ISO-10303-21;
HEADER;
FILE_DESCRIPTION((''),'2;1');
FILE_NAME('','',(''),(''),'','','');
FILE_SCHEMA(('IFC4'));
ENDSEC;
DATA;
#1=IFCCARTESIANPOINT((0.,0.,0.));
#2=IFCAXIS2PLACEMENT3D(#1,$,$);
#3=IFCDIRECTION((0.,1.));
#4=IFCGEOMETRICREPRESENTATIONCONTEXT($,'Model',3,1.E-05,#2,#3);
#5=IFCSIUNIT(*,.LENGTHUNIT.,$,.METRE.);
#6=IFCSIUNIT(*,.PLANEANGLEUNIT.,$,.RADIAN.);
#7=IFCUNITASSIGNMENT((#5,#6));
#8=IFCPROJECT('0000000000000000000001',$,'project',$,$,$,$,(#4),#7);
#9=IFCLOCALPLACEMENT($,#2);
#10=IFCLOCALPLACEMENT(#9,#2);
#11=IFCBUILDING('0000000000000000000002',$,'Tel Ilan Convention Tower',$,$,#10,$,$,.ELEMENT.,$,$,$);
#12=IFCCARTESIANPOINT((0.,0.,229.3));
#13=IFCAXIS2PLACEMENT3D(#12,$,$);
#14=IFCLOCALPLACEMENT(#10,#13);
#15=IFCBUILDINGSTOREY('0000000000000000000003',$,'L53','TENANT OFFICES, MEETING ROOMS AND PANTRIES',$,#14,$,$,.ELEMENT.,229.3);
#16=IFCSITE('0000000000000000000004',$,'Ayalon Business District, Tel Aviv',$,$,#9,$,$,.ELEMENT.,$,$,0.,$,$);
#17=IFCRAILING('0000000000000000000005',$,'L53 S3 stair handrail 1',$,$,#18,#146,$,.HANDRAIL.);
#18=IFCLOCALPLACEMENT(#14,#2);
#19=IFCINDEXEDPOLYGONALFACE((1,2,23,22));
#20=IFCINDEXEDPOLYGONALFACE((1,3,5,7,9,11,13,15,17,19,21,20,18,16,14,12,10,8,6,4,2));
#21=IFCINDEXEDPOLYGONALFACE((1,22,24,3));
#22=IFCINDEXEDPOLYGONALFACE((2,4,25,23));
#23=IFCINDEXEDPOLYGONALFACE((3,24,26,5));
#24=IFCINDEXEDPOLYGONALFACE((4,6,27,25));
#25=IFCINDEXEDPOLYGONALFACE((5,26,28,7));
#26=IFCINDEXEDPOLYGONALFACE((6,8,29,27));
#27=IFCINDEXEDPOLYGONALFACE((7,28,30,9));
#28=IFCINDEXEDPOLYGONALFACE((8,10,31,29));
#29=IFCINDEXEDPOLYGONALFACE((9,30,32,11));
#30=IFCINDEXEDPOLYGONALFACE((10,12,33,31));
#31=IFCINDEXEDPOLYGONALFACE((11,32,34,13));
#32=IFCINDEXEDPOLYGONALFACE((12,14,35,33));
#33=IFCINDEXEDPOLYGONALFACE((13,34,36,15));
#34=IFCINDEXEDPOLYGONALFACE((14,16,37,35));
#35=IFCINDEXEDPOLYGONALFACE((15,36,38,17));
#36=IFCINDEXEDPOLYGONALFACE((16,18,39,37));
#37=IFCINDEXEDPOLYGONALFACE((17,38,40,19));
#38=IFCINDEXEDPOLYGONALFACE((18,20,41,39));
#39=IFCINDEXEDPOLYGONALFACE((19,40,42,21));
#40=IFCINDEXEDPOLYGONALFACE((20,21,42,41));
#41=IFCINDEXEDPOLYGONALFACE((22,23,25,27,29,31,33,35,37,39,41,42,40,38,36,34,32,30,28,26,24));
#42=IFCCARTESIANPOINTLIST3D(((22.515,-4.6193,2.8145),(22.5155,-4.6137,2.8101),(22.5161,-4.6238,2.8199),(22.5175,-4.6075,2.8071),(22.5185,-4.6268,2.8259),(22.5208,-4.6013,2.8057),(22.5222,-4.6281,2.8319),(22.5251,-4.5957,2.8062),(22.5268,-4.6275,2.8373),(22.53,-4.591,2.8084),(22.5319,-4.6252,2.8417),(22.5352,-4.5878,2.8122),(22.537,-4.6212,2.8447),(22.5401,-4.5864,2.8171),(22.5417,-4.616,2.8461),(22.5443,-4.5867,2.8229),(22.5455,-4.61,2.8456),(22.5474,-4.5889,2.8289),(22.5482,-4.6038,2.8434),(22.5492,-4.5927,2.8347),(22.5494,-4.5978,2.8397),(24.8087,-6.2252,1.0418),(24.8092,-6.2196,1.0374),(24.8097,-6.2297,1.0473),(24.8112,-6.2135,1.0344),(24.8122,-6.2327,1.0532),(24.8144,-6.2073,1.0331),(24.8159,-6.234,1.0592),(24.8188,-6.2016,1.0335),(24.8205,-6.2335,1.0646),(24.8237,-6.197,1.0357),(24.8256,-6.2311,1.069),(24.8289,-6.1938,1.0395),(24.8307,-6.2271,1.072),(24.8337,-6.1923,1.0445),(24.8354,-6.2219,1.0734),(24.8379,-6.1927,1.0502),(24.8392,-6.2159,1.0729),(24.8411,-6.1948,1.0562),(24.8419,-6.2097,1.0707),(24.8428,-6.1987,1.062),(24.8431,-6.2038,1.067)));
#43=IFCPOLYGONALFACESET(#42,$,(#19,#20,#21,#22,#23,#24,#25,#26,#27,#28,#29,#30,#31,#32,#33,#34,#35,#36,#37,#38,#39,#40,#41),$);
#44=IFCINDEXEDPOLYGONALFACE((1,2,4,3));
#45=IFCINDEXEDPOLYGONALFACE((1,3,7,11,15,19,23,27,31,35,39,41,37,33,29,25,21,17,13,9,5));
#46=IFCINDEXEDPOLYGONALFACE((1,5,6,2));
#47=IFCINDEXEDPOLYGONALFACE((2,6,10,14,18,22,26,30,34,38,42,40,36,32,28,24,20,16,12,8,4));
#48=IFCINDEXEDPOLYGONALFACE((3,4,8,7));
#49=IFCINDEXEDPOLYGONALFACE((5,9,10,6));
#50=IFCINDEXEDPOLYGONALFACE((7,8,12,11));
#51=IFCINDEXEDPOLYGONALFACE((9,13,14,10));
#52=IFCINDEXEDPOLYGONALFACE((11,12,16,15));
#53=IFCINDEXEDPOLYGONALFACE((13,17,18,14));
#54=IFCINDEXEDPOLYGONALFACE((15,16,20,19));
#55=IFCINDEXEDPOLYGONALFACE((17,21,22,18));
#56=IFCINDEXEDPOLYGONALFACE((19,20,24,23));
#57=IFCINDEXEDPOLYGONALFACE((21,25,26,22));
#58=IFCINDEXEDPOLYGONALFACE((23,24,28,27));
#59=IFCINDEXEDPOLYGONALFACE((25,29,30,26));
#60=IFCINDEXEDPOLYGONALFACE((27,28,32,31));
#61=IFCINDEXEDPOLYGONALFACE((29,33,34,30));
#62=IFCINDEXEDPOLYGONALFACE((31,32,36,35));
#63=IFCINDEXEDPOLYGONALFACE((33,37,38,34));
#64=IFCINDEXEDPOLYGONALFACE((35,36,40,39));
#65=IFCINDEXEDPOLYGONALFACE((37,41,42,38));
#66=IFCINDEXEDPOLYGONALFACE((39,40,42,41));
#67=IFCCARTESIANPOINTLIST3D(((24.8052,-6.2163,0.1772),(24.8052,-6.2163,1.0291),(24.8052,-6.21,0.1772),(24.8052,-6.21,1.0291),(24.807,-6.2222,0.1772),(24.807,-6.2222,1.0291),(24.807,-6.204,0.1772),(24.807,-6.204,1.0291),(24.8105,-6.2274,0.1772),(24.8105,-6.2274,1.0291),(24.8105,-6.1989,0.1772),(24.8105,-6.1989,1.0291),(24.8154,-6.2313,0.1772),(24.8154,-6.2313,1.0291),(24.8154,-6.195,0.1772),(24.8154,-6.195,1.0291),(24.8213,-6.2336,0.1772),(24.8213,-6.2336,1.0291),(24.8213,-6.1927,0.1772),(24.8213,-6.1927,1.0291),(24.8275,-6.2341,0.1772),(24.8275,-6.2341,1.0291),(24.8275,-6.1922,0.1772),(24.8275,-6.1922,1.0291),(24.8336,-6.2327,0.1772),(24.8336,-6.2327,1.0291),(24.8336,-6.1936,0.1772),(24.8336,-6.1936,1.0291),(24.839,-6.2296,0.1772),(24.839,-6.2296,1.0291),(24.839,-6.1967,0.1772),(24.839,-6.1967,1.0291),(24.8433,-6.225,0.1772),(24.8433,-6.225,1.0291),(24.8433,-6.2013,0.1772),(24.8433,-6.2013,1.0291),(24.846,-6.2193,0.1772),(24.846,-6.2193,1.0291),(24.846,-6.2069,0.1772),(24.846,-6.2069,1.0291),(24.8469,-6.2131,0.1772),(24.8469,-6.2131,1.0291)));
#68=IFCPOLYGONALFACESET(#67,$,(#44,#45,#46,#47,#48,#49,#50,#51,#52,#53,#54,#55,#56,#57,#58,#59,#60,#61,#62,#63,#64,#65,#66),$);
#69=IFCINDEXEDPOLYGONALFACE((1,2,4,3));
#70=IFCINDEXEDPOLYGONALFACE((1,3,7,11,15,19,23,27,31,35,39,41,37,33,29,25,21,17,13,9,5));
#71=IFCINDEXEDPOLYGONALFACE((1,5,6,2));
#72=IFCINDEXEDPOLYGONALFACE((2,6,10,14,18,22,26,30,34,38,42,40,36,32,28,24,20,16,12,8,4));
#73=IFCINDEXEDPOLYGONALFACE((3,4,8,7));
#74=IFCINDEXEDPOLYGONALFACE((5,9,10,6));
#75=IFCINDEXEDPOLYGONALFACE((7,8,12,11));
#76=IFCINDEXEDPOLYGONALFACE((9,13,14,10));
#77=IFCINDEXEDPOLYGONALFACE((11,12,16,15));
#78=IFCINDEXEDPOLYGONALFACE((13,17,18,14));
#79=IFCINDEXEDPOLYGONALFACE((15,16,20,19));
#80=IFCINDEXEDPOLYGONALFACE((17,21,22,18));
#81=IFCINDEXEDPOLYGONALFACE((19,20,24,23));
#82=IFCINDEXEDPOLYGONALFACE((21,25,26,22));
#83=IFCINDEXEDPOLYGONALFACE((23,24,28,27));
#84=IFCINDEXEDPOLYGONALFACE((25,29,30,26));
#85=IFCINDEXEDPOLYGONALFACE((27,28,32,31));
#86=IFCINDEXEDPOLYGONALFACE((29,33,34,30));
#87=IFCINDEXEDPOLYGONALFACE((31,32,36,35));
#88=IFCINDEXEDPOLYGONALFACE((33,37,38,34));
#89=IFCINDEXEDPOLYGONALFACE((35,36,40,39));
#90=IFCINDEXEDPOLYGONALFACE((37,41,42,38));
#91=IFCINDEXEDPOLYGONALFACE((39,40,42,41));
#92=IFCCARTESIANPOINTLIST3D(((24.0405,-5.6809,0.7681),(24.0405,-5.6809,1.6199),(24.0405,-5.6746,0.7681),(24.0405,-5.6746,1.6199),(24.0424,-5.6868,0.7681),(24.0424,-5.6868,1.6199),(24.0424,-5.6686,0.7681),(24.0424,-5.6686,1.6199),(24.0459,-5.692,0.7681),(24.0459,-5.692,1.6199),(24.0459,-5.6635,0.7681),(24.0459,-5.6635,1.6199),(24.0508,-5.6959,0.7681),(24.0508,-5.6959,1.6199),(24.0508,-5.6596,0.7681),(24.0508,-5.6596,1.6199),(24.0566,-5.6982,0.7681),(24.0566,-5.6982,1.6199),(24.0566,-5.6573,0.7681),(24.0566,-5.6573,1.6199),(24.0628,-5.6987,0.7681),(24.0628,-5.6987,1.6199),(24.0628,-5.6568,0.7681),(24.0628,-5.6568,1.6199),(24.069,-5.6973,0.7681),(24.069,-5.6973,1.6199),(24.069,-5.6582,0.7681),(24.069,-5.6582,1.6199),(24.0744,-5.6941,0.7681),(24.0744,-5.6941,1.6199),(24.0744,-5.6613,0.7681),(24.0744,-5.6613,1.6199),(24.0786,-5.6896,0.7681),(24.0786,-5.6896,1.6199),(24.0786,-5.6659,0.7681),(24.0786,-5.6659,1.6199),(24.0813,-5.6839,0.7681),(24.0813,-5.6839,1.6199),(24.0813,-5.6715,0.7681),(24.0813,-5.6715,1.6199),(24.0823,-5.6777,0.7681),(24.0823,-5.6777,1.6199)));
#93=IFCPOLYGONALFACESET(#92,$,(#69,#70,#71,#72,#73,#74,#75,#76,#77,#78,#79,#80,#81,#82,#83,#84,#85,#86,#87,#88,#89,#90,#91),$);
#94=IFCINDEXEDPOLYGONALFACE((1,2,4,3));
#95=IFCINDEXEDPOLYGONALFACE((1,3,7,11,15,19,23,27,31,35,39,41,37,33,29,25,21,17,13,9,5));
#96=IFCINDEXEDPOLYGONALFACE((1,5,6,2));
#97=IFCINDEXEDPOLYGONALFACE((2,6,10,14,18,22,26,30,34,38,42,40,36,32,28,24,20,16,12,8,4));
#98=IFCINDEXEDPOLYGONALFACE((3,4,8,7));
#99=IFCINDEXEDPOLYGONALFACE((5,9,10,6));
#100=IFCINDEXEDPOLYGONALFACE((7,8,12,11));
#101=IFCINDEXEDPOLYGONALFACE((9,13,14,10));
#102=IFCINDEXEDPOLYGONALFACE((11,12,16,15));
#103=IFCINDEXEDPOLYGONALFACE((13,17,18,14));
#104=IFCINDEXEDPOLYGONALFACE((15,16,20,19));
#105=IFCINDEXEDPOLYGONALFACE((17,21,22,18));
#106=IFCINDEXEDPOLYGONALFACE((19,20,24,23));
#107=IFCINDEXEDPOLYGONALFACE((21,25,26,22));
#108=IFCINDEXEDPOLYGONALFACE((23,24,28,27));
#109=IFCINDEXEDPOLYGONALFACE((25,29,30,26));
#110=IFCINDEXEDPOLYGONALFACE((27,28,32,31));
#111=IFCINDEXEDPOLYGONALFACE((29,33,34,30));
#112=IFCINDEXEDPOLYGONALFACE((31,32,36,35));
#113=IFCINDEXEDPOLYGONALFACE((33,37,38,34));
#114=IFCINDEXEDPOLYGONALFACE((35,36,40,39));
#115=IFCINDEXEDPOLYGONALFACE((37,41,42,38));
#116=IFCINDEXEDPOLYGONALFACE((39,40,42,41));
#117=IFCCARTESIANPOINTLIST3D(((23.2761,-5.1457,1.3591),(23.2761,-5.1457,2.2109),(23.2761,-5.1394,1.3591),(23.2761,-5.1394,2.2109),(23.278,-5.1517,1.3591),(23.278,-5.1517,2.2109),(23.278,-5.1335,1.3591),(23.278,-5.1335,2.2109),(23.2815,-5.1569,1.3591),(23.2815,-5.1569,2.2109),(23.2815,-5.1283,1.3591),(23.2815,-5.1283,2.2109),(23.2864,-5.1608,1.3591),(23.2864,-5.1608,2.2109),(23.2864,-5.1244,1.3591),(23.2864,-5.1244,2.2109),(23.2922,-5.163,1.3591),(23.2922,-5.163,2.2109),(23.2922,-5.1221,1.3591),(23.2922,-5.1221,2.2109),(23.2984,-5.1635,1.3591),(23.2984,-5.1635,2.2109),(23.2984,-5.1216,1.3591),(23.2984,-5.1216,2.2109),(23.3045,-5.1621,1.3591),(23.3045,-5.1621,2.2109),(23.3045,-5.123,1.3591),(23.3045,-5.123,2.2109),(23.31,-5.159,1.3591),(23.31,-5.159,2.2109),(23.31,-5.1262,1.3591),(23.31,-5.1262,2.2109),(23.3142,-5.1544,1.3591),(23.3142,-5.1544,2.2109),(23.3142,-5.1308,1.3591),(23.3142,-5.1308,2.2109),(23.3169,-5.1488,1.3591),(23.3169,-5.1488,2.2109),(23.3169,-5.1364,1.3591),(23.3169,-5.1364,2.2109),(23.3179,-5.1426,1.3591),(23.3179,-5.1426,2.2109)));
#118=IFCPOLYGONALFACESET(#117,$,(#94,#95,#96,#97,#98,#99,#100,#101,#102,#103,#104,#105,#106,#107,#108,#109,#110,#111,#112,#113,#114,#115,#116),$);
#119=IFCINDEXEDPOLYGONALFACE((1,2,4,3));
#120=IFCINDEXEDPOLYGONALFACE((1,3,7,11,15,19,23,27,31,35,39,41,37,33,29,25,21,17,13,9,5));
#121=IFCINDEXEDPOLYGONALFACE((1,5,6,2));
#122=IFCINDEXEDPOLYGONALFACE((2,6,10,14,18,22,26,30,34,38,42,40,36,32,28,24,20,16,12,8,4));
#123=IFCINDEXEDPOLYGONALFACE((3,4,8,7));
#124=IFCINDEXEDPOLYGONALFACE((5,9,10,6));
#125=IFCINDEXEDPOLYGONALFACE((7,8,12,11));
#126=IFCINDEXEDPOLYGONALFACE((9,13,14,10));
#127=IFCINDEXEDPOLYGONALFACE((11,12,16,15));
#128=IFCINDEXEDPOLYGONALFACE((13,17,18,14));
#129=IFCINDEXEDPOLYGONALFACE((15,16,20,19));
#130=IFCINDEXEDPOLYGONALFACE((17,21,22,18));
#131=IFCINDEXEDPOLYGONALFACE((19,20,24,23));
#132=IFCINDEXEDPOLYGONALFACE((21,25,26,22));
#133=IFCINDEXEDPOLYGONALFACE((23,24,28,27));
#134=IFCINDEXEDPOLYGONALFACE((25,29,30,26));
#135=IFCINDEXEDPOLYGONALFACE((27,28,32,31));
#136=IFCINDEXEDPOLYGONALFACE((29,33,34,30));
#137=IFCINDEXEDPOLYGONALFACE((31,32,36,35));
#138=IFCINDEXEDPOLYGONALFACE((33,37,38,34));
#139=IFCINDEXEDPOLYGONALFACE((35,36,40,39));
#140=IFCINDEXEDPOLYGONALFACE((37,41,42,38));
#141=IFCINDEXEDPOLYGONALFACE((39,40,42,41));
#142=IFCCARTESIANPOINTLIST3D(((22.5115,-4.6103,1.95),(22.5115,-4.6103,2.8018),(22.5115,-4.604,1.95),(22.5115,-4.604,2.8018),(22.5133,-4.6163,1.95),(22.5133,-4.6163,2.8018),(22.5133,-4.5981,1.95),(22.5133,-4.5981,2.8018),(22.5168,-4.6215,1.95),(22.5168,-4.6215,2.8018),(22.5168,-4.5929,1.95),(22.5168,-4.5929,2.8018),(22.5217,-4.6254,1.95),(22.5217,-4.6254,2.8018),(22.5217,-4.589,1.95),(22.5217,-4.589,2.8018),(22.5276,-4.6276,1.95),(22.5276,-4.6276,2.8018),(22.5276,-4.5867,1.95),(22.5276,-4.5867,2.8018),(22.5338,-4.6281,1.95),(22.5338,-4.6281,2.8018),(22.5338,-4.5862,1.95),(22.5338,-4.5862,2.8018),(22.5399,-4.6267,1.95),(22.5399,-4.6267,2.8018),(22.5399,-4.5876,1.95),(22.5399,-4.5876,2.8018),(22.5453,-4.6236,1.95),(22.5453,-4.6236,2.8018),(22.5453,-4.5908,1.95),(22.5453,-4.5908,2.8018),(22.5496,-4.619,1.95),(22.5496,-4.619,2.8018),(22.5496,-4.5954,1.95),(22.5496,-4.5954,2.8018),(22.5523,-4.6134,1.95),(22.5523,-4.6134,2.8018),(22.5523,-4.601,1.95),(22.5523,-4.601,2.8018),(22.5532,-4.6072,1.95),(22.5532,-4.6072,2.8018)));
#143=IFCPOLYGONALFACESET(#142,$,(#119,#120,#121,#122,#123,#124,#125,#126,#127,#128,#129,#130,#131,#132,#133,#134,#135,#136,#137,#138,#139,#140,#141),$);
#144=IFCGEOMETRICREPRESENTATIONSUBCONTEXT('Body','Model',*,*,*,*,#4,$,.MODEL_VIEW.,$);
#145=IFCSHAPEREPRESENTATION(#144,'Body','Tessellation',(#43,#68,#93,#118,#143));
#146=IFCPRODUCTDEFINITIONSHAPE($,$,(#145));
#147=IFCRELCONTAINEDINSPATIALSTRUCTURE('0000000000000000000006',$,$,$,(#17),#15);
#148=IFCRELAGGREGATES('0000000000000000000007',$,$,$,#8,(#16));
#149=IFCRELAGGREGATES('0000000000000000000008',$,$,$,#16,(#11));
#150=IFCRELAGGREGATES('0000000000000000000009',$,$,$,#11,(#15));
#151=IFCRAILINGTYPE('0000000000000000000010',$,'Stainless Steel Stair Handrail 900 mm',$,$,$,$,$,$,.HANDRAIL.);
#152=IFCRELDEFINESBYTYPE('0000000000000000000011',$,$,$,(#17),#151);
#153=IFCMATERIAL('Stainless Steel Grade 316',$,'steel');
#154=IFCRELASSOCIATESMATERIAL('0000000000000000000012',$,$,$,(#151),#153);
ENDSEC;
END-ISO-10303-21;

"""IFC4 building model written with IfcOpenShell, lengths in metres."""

from ifc_helpers import new_model, si_unit, direction, frame, origin, origin_2d, place, context, subcontext, project, spatial, circle, extrude, material, type_object, element, save


model = new_model("IFC4")

# Units and contexts
model_context = context("Model", 3, precision=1e-05, world=origin(), true_north=direction((0.0, 1.0)))
body_context = subcontext(model_context, "Body", "Model", "MODEL_VIEW")
ifc_project = project(units=[si_unit("LENGTHUNIT", "METRE"), si_unit("PLANEANGLEUNIT", "RADIAN")], contexts=[model_context])

# Site, building, storey
site_placement = place(None, origin())
site = spatial("IfcSite", under=ifc_project, at=site_placement, Name="Ayalon Business District, Tel Aviv", CompositionType="ELEMENT", RefElevation=0.0)
building_placement = place(site_placement, origin())
building = spatial("IfcBuilding", under=site, at=building_placement, Name="Tel Ilan Convention Tower", CompositionType="ELEMENT")
storey_placement = place(building_placement, frame((0.0, 0.0, 229.3)))
storey = spatial("IfcBuildingStorey", under=building, at=storey_placement, Name="L53", Description="TENANT OFFICES, MEETING ROOMS AND PANTRIES", CompositionType="ELEMENT", Elevation=229.3)

# Railing
ifc_material_1 = material(Name="Stainless Steel Grade 316", Category="steel")
railing_type_1 = type_object("IfcRailingType", Name="Stainless Steel Stair Handrail 900 mm", PredefinedType="HANDRAIL", material=ifc_material_1)
railing_1_placement = place(storey_placement, frame((24.8259, -6.2131, 0.1772)))
element("IfcRailing", 1, at=railing_1_placement, inside=storey, type_object=railing_type_1, Name="L53 S3 stair handrail 1", PredefinedType="HANDRAIL", context=body_context, shape_type="SweptSolid", body=[
    extrude(circle(Radius=0.0239, at=origin_2d()), frame((0.0, 0.0, 0.876), z_axis=(-0.692123, 0.484597, 0.534913), x_axis=(-0.57355, -0.81917, 0.0)), (0.0, 0.0, 1.0), 3.314),
    extrude(circle(Radius=0.021, at=origin_2d()), origin(), (0.0, 0.0, 1.0), 0.8518),
    extrude(circle(Radius=0.021, at=origin_2d()), frame((-0.7646, 0.5354, 0.5908)), (0.0, 0.0, 1.0), 0.8518),
    extrude(circle(Radius=0.021, at=origin_2d()), frame((-1.5291, 1.0706, 1.1819)), (0.0, 0.0, 1.0), 0.8518),
    extrude(circle(Radius=0.021, at=origin_2d()), frame((-2.2937, 1.606, 1.7727)), (0.0, 0.0, 1.0), 0.8518),
])

save(model, "model.ifc")
